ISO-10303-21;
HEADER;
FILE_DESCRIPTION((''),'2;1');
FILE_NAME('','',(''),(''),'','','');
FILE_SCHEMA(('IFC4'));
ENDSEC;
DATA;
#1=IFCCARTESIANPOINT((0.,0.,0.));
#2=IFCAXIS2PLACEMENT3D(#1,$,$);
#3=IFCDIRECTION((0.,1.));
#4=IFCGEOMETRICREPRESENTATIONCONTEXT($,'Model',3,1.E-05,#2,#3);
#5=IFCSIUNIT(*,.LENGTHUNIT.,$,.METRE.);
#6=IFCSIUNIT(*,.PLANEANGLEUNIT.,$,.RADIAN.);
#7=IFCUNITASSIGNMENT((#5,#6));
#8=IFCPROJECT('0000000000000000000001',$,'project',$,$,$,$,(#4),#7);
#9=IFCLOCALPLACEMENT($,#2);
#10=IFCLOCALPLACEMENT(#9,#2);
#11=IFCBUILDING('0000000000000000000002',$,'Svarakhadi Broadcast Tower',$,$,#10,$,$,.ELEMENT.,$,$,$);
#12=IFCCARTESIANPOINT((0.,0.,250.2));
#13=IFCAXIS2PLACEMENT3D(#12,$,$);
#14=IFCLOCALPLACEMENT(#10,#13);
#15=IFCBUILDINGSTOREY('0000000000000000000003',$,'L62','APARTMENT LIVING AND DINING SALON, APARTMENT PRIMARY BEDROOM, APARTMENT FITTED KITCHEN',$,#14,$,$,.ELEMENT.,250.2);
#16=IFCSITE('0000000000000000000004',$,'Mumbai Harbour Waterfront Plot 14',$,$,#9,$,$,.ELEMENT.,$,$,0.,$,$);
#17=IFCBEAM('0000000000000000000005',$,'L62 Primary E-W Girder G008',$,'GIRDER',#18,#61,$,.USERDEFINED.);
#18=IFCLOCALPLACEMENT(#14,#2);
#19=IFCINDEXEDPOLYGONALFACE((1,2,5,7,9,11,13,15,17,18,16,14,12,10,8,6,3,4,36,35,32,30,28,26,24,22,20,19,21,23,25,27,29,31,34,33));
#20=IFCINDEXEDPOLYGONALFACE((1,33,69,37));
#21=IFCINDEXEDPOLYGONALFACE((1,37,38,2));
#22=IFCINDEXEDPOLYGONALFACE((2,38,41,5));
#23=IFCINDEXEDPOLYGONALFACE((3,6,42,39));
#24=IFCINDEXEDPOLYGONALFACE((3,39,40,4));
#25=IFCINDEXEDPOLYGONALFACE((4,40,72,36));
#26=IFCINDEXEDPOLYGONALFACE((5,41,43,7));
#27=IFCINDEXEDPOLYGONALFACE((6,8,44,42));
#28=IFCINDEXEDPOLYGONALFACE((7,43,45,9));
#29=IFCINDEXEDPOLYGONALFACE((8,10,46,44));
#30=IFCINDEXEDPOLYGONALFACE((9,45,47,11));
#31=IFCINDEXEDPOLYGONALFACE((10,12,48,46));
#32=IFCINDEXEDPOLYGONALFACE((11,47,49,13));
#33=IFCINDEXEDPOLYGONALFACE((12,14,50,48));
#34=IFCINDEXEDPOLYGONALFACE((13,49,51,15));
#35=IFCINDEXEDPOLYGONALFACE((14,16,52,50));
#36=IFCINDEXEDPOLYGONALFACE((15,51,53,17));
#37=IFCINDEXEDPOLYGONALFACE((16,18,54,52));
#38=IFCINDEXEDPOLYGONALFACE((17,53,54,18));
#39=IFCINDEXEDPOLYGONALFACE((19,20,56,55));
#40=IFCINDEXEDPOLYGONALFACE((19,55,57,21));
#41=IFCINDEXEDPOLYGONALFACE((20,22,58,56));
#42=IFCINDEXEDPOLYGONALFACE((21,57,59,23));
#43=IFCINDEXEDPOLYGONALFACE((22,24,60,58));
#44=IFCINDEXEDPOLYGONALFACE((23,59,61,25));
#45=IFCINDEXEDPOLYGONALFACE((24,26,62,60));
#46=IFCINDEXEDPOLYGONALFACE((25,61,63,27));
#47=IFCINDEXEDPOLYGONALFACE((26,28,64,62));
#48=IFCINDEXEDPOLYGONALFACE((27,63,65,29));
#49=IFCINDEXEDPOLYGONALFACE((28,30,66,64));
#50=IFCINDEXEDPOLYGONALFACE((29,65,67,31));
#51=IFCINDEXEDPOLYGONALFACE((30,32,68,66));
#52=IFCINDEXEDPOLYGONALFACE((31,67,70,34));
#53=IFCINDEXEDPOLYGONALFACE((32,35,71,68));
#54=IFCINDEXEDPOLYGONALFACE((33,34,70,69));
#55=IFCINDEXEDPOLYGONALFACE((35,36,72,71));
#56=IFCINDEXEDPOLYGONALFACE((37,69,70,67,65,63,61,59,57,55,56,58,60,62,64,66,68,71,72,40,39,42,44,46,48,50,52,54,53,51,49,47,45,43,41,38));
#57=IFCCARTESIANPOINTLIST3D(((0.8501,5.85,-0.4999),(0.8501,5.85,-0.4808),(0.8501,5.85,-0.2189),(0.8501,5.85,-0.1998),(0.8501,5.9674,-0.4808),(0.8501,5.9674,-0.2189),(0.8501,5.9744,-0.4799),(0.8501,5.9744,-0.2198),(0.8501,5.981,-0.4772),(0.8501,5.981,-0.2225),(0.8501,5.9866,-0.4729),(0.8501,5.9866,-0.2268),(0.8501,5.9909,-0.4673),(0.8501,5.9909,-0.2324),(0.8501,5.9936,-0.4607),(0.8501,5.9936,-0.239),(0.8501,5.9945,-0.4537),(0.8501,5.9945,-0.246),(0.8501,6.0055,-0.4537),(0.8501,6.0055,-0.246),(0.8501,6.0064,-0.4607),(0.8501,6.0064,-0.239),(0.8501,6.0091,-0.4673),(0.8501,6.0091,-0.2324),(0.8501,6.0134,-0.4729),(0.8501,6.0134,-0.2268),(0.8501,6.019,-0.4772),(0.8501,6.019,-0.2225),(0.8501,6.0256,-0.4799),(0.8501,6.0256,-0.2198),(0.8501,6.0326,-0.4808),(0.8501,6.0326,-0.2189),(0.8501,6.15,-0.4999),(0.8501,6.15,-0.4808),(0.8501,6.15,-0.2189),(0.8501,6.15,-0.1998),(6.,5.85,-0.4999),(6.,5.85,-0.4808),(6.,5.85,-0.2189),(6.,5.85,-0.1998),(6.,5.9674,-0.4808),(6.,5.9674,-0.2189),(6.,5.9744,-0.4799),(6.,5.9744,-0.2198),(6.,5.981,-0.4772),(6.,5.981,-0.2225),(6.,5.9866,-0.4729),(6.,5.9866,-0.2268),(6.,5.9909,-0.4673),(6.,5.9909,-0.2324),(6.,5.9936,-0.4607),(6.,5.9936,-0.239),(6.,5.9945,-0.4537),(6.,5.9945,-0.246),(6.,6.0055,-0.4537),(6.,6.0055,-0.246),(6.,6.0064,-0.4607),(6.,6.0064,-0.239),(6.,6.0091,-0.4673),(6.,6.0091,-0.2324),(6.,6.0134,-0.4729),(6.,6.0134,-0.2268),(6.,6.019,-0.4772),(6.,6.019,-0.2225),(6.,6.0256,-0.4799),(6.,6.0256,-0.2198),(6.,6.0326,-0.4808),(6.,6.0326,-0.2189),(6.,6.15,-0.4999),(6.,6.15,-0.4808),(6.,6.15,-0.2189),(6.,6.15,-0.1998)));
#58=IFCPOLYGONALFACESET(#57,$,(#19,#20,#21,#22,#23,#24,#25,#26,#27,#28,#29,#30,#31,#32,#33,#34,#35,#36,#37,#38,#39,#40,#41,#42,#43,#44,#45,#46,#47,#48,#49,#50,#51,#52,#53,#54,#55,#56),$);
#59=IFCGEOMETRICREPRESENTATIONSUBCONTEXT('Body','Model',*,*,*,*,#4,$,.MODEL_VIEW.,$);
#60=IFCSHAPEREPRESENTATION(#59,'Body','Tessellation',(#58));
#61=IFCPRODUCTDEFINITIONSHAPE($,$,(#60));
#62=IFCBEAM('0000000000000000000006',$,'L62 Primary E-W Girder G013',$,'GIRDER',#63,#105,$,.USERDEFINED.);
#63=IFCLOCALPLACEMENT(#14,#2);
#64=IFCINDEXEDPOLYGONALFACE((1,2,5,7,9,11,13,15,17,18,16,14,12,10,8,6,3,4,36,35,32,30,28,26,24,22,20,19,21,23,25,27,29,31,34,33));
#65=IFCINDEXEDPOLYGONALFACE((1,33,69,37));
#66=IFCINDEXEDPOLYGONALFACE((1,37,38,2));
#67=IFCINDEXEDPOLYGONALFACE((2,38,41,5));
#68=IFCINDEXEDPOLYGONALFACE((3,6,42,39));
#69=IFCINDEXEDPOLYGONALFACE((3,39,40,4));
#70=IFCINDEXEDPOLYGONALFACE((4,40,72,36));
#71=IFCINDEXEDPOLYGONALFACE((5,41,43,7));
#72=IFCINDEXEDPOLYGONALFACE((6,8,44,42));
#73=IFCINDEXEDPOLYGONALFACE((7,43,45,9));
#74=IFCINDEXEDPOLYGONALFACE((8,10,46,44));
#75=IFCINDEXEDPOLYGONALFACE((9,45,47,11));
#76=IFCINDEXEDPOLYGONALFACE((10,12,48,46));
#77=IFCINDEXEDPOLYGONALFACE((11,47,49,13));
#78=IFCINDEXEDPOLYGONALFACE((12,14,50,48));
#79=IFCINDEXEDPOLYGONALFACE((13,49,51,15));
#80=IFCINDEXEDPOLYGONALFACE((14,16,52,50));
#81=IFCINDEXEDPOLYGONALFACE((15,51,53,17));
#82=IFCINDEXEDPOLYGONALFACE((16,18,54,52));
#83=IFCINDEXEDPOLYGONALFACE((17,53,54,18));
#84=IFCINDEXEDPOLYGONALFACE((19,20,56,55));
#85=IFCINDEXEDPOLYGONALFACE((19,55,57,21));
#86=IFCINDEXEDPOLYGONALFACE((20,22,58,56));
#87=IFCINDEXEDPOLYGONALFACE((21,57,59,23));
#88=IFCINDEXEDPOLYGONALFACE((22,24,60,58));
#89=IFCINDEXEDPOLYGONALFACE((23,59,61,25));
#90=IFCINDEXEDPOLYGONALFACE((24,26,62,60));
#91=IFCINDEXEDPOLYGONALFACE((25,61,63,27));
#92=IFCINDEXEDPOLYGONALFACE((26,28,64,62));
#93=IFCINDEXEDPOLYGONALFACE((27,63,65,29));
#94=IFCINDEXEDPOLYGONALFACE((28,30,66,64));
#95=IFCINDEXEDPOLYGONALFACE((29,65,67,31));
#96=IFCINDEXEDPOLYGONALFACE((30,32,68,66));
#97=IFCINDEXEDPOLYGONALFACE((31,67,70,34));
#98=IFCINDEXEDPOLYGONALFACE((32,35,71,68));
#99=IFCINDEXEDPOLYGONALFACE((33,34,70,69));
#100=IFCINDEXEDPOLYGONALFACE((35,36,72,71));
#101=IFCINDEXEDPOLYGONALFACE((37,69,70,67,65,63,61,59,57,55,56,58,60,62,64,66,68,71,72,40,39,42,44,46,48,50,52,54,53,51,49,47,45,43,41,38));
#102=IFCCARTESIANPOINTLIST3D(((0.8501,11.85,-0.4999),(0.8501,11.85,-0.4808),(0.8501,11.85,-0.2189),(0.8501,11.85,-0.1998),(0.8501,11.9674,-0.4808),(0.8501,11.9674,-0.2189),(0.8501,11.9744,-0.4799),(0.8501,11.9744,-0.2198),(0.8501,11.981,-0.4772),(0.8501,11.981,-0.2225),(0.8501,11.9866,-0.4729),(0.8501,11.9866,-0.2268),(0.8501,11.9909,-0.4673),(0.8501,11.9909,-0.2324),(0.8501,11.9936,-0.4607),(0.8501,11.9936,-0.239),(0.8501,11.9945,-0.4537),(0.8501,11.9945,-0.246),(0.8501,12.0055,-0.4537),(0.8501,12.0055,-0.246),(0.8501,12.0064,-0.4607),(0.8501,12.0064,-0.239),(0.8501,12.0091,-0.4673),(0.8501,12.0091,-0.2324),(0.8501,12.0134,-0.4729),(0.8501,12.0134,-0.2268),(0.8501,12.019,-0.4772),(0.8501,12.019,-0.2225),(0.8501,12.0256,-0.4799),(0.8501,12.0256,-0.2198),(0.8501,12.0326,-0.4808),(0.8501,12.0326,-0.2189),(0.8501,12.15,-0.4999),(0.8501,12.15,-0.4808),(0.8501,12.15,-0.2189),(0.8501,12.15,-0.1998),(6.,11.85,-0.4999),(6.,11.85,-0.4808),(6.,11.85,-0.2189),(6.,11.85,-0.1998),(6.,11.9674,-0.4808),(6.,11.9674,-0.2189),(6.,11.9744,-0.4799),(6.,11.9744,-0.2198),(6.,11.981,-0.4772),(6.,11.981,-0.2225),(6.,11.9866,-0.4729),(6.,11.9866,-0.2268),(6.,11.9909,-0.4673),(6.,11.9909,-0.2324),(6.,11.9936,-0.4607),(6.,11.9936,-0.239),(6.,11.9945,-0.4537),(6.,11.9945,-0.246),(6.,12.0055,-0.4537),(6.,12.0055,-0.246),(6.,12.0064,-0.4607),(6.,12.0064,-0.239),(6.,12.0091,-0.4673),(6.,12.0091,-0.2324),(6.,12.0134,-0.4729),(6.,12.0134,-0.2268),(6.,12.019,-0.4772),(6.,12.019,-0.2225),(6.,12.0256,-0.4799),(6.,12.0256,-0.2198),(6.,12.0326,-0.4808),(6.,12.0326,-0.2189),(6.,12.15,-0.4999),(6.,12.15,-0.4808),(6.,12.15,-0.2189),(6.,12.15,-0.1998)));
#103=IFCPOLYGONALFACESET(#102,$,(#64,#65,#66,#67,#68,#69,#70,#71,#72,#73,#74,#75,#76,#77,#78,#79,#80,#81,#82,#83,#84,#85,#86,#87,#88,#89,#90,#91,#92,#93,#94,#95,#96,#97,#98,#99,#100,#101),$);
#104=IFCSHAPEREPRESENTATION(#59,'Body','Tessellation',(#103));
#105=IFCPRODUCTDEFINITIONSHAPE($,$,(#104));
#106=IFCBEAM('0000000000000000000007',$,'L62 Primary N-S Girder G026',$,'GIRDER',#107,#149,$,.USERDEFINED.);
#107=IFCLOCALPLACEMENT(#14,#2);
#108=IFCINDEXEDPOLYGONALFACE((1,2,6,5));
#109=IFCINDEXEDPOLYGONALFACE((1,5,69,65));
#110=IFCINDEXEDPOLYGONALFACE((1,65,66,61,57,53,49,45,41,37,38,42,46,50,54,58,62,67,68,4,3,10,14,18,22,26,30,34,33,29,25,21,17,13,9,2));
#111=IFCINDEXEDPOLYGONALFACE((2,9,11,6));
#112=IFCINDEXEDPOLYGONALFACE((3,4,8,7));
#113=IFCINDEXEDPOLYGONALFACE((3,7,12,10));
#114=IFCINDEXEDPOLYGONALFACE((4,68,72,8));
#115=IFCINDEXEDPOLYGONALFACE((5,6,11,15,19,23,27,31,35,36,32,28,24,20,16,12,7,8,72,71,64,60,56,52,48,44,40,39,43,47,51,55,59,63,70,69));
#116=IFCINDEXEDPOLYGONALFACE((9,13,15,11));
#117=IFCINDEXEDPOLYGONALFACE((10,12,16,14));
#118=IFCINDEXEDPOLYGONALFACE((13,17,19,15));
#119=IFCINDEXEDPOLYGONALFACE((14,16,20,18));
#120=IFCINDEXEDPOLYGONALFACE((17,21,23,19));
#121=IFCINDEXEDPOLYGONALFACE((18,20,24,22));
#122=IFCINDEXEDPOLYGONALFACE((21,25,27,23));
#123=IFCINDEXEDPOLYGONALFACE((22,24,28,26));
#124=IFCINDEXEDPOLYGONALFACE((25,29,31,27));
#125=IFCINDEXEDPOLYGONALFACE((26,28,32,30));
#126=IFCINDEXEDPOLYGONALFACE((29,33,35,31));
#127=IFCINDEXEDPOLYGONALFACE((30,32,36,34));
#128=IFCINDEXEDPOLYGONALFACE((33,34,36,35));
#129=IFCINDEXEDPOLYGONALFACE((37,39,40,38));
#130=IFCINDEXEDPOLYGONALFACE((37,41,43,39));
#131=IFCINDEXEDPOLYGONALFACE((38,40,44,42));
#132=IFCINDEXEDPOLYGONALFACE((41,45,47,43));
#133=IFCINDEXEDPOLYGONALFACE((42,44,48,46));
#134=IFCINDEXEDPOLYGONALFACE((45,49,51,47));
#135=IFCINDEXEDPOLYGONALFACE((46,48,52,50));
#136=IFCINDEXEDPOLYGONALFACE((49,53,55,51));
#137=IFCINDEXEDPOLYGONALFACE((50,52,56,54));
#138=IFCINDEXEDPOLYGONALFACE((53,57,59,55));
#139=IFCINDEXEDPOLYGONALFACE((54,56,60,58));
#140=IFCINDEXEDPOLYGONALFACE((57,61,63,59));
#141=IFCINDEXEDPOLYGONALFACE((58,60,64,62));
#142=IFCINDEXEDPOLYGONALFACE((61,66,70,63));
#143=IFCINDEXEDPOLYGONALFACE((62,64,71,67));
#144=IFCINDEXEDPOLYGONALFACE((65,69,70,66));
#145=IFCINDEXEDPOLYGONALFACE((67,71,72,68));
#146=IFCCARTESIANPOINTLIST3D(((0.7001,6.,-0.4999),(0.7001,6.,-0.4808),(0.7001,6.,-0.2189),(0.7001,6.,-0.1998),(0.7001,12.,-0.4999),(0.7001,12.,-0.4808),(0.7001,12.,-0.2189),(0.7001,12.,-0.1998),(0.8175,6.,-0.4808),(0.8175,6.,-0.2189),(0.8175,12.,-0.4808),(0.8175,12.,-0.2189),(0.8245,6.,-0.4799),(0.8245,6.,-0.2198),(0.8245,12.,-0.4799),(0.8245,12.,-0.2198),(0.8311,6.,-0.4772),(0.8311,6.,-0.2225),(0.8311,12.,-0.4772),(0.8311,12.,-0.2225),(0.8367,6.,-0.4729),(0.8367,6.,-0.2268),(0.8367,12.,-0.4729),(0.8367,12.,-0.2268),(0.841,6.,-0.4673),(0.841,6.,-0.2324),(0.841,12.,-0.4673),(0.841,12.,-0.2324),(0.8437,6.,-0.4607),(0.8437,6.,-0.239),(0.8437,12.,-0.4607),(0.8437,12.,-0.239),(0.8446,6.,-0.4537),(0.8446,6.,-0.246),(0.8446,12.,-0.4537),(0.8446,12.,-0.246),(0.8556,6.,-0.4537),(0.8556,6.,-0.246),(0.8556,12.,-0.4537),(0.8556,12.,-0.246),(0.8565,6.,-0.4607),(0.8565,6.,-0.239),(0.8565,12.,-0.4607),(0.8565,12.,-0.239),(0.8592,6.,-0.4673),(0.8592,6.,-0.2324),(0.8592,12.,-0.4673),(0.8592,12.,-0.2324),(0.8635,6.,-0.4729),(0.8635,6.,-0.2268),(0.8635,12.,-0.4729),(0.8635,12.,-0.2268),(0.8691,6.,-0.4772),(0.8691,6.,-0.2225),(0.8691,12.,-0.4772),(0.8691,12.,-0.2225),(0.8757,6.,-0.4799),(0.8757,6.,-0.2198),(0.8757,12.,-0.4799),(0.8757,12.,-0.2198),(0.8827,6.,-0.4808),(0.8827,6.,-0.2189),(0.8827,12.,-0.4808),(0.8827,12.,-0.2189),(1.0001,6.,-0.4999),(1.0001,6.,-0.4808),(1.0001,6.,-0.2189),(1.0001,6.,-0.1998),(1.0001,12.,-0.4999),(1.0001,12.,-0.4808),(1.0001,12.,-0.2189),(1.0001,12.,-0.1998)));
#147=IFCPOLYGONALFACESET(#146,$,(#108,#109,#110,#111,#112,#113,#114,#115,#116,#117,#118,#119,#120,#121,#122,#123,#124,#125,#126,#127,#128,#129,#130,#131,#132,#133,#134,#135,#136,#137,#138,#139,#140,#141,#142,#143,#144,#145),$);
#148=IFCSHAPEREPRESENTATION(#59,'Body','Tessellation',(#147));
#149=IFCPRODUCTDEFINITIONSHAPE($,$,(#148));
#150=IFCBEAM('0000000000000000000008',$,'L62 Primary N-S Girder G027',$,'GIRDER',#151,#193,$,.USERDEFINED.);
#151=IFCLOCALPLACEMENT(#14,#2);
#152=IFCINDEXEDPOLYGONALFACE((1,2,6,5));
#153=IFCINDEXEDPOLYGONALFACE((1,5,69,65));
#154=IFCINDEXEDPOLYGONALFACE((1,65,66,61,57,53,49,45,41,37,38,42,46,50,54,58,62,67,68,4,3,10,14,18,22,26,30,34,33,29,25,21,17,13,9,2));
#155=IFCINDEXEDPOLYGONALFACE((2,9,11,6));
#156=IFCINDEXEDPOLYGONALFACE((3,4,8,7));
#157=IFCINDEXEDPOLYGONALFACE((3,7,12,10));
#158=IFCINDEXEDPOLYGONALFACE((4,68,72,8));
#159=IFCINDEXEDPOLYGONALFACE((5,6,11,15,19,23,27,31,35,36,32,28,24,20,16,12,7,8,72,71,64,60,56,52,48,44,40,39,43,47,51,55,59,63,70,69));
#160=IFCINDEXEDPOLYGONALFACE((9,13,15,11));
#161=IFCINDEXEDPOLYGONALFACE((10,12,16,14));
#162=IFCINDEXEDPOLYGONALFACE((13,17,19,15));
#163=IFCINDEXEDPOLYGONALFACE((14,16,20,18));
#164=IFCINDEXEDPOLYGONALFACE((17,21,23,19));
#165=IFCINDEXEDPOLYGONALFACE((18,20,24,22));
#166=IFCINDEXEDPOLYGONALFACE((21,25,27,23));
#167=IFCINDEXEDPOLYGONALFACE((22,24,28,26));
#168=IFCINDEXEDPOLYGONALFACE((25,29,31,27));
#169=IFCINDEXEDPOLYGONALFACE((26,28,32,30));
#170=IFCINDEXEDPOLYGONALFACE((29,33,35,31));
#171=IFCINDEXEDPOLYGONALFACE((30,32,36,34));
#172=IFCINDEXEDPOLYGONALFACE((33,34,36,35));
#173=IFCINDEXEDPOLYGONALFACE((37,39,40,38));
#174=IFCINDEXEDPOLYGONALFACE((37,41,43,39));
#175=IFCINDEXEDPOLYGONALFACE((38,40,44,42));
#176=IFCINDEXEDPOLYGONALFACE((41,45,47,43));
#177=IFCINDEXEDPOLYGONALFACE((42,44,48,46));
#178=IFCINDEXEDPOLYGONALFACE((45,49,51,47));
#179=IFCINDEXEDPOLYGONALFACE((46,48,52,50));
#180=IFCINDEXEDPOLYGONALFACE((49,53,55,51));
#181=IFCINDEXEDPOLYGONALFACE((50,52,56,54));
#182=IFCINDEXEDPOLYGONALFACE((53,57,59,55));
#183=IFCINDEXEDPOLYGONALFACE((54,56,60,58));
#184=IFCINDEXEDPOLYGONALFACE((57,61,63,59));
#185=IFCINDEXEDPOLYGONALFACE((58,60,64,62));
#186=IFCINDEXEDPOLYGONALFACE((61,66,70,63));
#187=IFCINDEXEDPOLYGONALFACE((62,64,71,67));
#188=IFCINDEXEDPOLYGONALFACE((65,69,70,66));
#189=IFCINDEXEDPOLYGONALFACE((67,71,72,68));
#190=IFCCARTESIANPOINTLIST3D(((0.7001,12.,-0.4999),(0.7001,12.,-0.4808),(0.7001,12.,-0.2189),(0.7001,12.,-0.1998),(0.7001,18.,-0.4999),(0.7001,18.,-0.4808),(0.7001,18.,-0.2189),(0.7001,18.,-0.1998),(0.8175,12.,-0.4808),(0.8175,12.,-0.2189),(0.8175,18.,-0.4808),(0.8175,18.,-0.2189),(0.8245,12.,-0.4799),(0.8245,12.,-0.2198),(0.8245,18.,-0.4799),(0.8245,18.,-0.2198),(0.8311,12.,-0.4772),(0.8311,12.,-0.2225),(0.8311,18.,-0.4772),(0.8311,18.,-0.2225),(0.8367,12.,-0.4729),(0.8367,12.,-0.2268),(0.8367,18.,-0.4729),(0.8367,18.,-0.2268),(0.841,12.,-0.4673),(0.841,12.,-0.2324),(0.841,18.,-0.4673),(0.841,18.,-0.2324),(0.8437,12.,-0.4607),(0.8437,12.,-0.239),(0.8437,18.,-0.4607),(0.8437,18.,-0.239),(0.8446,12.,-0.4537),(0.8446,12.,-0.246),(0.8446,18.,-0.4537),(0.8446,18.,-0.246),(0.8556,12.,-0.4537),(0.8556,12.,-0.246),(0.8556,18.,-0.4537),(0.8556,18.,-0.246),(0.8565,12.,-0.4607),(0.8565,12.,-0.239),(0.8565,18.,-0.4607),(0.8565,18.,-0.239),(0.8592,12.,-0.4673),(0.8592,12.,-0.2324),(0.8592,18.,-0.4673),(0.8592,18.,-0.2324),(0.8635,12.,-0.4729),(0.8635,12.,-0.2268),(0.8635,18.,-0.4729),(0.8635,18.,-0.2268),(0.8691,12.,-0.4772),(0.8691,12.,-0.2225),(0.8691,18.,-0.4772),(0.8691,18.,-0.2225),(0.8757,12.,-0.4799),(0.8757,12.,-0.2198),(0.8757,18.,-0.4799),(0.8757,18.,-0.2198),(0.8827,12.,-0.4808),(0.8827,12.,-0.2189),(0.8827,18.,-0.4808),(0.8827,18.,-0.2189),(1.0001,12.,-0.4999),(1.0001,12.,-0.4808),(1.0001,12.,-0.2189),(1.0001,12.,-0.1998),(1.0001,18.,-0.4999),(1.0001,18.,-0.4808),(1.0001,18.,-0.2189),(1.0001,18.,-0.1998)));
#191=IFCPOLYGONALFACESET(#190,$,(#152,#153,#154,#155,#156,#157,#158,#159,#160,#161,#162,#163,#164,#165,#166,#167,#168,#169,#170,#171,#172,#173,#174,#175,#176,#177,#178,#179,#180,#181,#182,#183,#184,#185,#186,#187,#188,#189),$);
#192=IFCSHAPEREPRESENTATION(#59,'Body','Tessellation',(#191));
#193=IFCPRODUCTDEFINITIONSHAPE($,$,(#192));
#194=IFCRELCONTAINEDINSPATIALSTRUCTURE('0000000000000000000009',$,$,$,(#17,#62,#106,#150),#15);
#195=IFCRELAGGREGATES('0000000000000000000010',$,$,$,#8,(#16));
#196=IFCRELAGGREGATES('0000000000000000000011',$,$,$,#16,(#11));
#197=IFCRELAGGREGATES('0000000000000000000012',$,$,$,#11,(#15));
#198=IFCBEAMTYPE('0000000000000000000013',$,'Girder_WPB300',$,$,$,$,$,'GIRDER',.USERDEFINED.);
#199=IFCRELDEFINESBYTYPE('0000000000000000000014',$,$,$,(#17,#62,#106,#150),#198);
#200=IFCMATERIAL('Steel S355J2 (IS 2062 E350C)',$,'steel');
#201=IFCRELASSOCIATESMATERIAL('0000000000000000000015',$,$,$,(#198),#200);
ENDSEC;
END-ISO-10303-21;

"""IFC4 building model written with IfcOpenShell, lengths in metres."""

from ifc_helpers import new_model, si_unit, direction, frame, origin, origin_2d, place, context, subcontext, project, spatial, i_section, extrude, material, material_profile, profile_set, type_object, element, save


model = new_model("IFC4")

# Units and contexts
model_context = context("Model", 3, precision=1e-05, world=origin(), true_north=direction((0.0, 1.0)))
body_context = subcontext(model_context, "Body", "Model", "MODEL_VIEW")
ifc_project = project(units=[si_unit("LENGTHUNIT", "METRE"), si_unit("PLANEANGLEUNIT", "RADIAN")], contexts=[model_context])

# Site, building, storey
site_placement = place(None, origin())
site = spatial("IfcSite", under=ifc_project, at=site_placement, Name="Mumbai Harbour Waterfront Plot 14", CompositionType="ELEMENT", RefElevation=0.0)
building_placement = place(site_placement, origin())
building = spatial("IfcBuilding", under=site, at=building_placement, Name="Svarakhadi Broadcast Tower", CompositionType="ELEMENT")
storey_placement = place(building_placement, frame((0.0, 0.0, 250.2)))
storey = spatial("IfcBuildingStorey", under=building, at=storey_placement, Name="L62", Description="APARTMENT LIVING AND DINING SALON, APARTMENT PRIMARY BEDROOM, APARTMENT FITTED KITCHEN", CompositionType="ELEMENT", Elevation=250.2)

# Shared definitions
ifc_material_1 = material(Name="Steel S355J2 (IS 2062 E350C)", Category="steel")

# Beams
ifc_material_profile_1 = material_profile(ifc_material_1, i_section(OverallWidth=0.3, OverallDepth=0.3, WebThickness=0.011, FlangeThickness=0.019, FilletRadius=0.0271, at=origin_2d()), Name="WPB 300x300x117")
ifc_profile_set_1 = profile_set([ifc_material_profile_1], Name="Steel S355J2 (IS 2062 E350C)")
beam_type_1 = type_object("IfcBeamType", Name="Girder_WPB300", ElementType="GIRDER", PredefinedType="USERDEFINED", material=ifc_profile_set_1)
for number, where, z_axis, x_axis, name in (
    (1, (0.8501, 6.0, -0.3499), (1.0, 0.0, 0.0), (0.0, 1.0, 0.0), "L62 Primary E-W Girder G008"),
    (2, (0.8501, 12.0, -0.3499), (1.0, 0.0, 0.0), (0.0, 1.0, 0.0), "L62 Primary E-W Girder G013"),
):
    element("IfcBeam", number, at=place(storey_placement, frame(where, z_axis=z_axis, x_axis=x_axis)), inside=storey, type_object=beam_type_1, Name=name, ObjectType="GIRDER", PredefinedType="USERDEFINED", context=body_context, shape_type="SweptSolid", body=[
        extrude(i_section(OverallWidth=0.3, OverallDepth=0.3, WebThickness=0.011, FlangeThickness=0.019, FilletRadius=0.0271, at=origin_2d()), origin(), (0.0, 0.0, 1.0), 5.1499),
    ])
for number, where, z_axis, x_axis, name in (
    (3, (0.8501, 6.0, -0.3499), (0.0, 1.0, 0.0), (-1.0, 0.0, 0.0), "L62 Primary N-S Girder G026"),
    (4, (0.8501, 12.0, -0.3499), (0.0, 1.0, 0.0), (-1.0, 0.0, 0.0), "L62 Primary N-S Girder G027"),
):
    element("IfcBeam", number, at=place(storey_placement, frame(where, z_axis=z_axis, x_axis=x_axis)), inside=storey, type_object=beam_type_1, Name=name, ObjectType="GIRDER", PredefinedType="USERDEFINED", context=body_context, shape_type="SweptSolid", body=[
        extrude(i_section(OverallWidth=0.3, OverallDepth=0.3, WebThickness=0.011, FlangeThickness=0.019, FilletRadius=0.0271, at=origin_2d()), origin(), (0.0, 0.0, 1.0), 6.0),
    ])

save(model, "model.ifc")
